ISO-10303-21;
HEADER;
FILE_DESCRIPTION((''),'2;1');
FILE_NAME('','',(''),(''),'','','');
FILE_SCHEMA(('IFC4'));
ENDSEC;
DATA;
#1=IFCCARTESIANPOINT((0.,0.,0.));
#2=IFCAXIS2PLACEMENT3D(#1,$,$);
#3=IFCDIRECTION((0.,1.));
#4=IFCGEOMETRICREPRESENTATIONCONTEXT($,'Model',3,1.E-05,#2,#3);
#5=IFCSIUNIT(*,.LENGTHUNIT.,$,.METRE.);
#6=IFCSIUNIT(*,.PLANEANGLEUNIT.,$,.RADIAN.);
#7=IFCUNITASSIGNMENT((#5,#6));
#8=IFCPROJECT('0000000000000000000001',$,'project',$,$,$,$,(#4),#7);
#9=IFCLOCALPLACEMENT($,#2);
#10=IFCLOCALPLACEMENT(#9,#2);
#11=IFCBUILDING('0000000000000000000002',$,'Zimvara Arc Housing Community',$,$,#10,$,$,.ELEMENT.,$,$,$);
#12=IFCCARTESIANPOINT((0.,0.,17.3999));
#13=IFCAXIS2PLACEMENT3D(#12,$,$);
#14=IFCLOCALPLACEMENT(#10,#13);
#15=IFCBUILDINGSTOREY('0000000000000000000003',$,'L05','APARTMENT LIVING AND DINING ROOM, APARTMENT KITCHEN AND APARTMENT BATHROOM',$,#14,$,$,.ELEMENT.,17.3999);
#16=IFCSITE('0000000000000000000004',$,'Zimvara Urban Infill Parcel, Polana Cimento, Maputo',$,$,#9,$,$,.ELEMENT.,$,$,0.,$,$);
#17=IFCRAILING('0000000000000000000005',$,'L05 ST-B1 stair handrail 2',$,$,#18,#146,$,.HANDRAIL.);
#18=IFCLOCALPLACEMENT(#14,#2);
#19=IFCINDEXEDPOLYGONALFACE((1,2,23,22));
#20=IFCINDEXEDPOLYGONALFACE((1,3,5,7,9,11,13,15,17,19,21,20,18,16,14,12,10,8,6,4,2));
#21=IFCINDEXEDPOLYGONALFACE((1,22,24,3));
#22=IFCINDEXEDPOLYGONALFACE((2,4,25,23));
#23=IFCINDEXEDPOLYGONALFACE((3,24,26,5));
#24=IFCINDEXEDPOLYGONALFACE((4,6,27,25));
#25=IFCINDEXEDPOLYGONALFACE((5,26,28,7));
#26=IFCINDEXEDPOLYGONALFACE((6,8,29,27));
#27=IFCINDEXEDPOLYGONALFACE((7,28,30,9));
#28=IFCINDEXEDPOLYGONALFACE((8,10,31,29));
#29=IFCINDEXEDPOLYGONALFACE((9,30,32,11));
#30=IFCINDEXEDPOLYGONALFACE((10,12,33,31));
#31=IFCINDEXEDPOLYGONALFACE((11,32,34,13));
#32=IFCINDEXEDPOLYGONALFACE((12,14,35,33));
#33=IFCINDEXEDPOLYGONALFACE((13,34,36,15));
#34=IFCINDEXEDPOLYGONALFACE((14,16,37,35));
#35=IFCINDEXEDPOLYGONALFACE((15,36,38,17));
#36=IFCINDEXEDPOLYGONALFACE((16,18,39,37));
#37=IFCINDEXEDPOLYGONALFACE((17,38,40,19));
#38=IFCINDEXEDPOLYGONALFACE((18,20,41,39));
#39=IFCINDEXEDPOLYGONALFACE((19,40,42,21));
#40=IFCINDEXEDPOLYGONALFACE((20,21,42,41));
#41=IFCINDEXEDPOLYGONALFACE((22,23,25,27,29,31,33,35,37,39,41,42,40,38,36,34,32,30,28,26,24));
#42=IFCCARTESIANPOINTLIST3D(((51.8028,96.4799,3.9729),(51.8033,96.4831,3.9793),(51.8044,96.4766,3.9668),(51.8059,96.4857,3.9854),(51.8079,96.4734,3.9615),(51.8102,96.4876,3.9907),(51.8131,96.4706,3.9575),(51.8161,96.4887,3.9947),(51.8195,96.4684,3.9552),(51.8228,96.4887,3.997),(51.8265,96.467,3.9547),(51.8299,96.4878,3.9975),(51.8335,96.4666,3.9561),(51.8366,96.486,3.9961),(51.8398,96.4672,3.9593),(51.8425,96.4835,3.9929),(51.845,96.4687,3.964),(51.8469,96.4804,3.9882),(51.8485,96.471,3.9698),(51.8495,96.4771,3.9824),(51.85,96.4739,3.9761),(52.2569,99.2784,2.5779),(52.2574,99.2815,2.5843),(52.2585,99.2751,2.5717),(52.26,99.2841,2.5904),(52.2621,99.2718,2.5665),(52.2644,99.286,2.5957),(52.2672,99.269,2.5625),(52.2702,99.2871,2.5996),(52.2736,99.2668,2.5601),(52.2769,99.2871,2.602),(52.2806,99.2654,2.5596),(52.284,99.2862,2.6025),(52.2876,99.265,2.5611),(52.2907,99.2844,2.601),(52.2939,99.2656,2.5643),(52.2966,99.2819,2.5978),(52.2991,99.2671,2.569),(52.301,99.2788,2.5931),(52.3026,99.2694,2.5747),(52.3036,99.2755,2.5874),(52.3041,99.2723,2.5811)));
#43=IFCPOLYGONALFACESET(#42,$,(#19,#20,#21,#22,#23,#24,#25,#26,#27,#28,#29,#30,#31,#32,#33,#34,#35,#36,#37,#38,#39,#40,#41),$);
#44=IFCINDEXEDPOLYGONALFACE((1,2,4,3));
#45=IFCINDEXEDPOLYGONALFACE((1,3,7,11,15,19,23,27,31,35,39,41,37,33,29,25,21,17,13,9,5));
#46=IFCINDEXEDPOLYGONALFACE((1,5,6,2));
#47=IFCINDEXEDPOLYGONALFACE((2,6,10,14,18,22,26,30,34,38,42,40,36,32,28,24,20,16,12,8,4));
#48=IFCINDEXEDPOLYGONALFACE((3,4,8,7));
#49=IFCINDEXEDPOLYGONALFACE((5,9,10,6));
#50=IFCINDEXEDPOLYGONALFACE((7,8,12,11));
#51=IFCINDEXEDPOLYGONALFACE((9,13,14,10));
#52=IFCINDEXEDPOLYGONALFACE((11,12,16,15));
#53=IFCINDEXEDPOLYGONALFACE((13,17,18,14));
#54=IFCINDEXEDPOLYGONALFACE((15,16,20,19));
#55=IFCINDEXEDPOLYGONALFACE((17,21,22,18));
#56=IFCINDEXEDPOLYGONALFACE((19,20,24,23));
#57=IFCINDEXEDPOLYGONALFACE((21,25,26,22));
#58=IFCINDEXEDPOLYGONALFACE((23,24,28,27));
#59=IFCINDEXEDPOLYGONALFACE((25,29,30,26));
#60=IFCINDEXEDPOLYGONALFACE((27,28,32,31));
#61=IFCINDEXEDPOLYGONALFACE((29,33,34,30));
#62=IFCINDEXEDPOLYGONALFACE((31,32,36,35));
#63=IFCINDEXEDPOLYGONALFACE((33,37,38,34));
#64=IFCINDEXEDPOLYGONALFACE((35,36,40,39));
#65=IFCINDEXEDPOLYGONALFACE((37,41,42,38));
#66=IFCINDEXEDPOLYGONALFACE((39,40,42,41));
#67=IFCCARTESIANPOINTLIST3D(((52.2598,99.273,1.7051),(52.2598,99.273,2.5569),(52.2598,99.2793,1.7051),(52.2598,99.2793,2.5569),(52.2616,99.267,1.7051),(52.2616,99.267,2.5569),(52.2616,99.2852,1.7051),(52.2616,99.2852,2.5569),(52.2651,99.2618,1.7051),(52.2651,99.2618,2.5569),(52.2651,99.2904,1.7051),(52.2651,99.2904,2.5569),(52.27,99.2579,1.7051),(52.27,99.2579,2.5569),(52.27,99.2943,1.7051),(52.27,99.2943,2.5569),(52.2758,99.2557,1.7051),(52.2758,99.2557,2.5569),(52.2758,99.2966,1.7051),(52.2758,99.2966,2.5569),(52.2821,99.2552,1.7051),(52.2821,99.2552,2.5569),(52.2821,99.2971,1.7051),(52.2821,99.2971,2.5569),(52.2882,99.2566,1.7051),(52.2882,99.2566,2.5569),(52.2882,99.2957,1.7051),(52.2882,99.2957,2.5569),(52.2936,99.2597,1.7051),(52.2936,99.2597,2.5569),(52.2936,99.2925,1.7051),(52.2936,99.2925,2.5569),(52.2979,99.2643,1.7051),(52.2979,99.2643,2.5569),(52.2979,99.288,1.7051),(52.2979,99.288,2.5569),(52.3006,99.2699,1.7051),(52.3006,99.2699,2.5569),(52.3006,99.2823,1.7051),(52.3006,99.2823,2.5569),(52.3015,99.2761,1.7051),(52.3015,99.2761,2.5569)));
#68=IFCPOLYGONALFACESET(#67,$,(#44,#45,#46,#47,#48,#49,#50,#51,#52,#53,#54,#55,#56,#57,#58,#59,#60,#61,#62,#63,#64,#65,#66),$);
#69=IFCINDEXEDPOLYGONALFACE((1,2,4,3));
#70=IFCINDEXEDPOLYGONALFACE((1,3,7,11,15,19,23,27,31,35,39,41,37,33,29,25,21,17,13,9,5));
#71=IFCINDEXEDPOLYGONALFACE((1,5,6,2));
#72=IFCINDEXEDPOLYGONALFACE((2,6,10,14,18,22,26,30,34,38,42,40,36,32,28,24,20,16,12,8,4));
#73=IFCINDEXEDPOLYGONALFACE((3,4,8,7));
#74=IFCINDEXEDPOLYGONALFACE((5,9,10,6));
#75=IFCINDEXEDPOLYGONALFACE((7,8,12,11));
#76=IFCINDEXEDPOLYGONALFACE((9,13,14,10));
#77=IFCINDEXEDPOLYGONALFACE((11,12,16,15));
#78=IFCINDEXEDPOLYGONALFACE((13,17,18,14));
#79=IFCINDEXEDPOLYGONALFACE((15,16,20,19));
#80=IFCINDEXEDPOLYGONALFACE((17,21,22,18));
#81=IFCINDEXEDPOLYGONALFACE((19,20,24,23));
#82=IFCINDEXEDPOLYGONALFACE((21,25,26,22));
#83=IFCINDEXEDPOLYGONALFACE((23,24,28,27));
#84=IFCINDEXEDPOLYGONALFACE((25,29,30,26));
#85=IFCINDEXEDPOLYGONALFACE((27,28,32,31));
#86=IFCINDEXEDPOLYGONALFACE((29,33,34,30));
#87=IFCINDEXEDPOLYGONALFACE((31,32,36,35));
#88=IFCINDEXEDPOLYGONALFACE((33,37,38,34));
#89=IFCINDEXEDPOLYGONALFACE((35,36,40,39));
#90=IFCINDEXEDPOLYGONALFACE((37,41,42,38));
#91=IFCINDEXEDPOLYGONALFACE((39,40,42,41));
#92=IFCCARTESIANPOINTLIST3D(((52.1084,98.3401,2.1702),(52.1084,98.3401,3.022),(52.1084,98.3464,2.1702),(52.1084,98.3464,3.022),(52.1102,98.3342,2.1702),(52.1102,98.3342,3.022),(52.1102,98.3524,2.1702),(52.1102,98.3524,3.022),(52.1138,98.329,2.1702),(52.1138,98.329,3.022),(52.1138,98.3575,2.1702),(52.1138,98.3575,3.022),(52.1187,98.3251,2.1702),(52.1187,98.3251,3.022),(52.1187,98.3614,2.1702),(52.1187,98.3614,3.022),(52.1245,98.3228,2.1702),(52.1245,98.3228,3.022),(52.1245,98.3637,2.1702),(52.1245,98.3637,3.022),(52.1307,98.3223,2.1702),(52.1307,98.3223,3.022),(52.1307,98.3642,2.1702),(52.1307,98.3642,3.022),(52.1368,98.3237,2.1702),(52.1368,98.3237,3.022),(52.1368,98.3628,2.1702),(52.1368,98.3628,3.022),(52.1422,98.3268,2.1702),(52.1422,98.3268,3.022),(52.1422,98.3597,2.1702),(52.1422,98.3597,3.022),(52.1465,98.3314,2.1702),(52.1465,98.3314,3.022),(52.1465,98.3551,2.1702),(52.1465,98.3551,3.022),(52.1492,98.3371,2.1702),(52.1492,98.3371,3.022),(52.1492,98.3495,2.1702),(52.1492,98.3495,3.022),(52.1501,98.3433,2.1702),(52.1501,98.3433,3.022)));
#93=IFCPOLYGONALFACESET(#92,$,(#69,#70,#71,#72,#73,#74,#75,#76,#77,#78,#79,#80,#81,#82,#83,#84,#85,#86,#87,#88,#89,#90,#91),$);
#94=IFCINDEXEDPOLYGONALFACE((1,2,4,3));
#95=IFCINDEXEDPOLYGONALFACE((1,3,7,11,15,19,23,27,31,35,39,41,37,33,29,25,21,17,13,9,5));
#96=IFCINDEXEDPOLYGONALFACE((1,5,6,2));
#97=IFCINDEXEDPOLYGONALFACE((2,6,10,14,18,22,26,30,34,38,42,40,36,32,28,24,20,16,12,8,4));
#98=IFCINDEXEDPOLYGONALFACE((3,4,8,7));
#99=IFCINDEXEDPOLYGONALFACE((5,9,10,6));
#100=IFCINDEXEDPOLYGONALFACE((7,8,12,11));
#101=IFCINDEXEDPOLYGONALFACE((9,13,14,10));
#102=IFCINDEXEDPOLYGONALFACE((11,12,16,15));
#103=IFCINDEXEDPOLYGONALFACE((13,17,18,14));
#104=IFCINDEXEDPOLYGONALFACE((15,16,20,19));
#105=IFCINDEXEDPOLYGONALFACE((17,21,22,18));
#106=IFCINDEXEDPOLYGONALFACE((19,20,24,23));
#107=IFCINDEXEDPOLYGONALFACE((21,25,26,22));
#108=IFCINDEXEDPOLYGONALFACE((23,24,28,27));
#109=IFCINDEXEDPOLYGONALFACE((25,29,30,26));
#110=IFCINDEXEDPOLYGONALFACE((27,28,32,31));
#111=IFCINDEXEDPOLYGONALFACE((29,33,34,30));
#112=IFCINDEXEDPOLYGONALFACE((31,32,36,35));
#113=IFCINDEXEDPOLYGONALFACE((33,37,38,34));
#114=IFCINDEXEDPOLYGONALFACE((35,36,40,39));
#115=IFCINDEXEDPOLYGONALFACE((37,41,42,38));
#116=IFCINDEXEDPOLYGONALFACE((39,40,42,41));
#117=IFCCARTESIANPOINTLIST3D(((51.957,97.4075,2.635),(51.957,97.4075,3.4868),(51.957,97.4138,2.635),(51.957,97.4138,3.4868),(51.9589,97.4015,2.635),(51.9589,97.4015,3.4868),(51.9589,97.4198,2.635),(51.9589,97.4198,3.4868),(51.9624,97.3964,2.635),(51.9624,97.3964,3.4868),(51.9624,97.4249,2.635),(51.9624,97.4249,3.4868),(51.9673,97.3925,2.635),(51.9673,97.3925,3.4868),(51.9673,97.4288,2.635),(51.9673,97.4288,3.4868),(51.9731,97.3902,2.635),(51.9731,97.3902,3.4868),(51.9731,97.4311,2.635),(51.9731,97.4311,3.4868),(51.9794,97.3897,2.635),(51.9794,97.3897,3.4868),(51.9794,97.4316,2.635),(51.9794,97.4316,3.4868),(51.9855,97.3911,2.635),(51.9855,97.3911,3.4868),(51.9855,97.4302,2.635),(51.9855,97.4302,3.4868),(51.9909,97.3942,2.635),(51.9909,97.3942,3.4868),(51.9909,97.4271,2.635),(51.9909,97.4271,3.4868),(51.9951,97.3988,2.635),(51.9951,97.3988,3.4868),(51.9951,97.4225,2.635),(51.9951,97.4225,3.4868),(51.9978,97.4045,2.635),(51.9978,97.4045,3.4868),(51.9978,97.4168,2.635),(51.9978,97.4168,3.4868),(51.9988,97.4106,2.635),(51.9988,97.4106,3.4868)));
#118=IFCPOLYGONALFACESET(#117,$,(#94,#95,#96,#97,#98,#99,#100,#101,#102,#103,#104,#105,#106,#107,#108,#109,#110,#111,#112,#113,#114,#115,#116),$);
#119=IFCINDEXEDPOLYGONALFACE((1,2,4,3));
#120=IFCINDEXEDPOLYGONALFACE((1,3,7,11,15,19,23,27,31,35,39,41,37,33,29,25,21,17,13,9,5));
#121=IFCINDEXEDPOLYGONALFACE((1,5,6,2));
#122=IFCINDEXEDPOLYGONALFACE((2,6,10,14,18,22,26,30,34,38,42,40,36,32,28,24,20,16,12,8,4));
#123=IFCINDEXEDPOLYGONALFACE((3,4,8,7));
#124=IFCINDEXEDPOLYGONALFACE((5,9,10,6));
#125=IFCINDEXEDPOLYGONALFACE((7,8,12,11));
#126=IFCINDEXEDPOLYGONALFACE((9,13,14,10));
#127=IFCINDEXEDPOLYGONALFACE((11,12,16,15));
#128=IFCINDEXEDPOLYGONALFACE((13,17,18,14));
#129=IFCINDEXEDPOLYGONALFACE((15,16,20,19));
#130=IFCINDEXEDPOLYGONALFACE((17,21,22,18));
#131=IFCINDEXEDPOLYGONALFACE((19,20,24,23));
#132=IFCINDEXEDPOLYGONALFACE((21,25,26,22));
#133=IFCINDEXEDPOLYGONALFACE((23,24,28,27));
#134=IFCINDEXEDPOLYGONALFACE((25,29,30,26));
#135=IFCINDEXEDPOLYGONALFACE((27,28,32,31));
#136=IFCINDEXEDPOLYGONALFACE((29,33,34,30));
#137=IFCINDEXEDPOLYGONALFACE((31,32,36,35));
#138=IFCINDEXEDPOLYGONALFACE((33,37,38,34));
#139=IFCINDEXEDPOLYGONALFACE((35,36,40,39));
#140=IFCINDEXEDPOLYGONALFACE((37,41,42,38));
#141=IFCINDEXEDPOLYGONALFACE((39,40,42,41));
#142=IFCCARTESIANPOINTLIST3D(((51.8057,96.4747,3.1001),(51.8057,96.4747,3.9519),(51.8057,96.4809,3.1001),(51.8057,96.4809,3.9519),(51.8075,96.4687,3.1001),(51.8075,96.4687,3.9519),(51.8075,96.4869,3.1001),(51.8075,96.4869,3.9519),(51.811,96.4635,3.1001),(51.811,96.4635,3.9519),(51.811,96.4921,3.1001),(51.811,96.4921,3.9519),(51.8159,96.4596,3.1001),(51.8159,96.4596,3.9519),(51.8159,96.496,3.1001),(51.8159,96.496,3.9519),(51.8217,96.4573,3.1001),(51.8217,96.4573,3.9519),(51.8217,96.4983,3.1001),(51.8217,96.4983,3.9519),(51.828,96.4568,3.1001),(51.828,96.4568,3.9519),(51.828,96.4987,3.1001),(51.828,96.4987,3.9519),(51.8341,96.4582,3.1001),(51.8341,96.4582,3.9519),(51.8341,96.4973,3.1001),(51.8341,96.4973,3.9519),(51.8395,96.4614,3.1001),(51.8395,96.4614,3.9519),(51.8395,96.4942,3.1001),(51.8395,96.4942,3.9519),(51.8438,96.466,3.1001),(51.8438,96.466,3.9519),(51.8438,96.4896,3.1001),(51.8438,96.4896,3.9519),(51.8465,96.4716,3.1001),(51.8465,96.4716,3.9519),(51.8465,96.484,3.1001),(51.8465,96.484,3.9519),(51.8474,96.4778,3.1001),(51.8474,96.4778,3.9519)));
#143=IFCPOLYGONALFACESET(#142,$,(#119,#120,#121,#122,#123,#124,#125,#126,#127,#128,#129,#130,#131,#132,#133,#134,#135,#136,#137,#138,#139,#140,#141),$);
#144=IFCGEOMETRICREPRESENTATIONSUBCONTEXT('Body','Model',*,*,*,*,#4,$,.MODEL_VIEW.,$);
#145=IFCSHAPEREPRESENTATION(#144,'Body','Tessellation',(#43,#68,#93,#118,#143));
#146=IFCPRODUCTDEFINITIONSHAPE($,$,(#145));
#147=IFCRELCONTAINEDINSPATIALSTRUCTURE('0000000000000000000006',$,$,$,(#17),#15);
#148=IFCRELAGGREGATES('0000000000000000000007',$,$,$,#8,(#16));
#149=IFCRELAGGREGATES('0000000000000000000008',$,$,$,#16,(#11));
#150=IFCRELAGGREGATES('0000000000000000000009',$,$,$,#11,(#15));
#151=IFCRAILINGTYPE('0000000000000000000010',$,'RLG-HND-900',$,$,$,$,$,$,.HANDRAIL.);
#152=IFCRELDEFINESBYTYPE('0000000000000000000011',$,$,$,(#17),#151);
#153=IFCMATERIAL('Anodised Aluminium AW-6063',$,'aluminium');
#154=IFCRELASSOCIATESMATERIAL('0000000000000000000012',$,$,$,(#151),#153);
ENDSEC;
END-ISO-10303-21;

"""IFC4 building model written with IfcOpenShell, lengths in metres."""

from ifc_helpers import new_model, si_unit, direction, frame, origin, origin_2d, place, context, subcontext, project, spatial, circle, extrude, material, type_object, element, save


model = new_model("IFC4")

# Units and contexts
model_context = context("Model", 3, precision=1e-05, world=origin(), true_north=direction((0.0, 1.0)))
body_context = subcontext(model_context, "Body", "Model", "MODEL_VIEW")
ifc_project = project(units=[si_unit("LENGTHUNIT", "METRE"), si_unit("PLANEANGLEUNIT", "RADIAN")], contexts=[model_context])

# Site, building, storey
site_placement = place(None, origin())
site = spatial("IfcSite", under=ifc_project, at=site_placement, Name="Zimvara Urban Infill Parcel, Polana Cimento, Maputo", CompositionType="ELEMENT", RefElevation=0.0)
building_placement = place(site_placement, origin())
building = spatial("IfcBuilding", under=site, at=building_placement, Name="Zimvara Arc Housing Community", CompositionType="ELEMENT")
storey_placement = place(building_placement, frame((0.0, 0.0, 17.3999)))
storey = spatial("IfcBuildingStorey", under=building, at=storey_placement, Name="L05", Description="APARTMENT LIVING AND DINING ROOM, APARTMENT KITCHEN AND APARTMENT BATHROOM", CompositionType="ELEMENT", Elevation=17.3999)

# Railing
ifc_material_1 = material(Name="Anodised Aluminium AW-6063", Category="aluminium")
railing_type_1 = type_object("IfcRailingType", Name="RLG-HND-900", PredefinedType="HANDRAIL", material=ifc_material_1)
railing_1_placement = place(storey_placement, frame((52.2805, 99.2761, 1.7051)))
element("IfcRailing", 1, at=railing_1_placement, inside=storey, type_object=railing_type_1, Name="L05 ST-B1 stair handrail 2", PredefinedType="HANDRAIL", context=body_context, shape_type="SweptSolid", body=[
    extrude(circle(Radius=0.0239, at=origin_2d()), frame((0.0, 0.0, 0.876), z_axis=(-0.143722, -0.885666, 0.44152), x_axis=(0.987088, -0.16018, 0.0)), (0.0, 0.0, 1.0), 3.1597),
    extrude(circle(Radius=0.021, at=origin_2d()), origin(), (0.0, 0.0, 1.0), 0.8518),
    extrude(circle(Radius=0.021, at=origin_2d()), frame((-0.1514, -0.9329, 0.4651)), (0.0, 0.0, 1.0), 0.8518),
    extrude(circle(Radius=0.021, at=origin_2d()), frame((-0.3027, -1.8655, 0.9299)), (0.0, 0.0, 1.0), 0.8518),
    extrude(circle(Radius=0.021, at=origin_2d()), frame((-0.4541, -2.7983, 1.395)), (0.0, 0.0, 1.0), 0.8518),
])

save(model, "model.ifc")
